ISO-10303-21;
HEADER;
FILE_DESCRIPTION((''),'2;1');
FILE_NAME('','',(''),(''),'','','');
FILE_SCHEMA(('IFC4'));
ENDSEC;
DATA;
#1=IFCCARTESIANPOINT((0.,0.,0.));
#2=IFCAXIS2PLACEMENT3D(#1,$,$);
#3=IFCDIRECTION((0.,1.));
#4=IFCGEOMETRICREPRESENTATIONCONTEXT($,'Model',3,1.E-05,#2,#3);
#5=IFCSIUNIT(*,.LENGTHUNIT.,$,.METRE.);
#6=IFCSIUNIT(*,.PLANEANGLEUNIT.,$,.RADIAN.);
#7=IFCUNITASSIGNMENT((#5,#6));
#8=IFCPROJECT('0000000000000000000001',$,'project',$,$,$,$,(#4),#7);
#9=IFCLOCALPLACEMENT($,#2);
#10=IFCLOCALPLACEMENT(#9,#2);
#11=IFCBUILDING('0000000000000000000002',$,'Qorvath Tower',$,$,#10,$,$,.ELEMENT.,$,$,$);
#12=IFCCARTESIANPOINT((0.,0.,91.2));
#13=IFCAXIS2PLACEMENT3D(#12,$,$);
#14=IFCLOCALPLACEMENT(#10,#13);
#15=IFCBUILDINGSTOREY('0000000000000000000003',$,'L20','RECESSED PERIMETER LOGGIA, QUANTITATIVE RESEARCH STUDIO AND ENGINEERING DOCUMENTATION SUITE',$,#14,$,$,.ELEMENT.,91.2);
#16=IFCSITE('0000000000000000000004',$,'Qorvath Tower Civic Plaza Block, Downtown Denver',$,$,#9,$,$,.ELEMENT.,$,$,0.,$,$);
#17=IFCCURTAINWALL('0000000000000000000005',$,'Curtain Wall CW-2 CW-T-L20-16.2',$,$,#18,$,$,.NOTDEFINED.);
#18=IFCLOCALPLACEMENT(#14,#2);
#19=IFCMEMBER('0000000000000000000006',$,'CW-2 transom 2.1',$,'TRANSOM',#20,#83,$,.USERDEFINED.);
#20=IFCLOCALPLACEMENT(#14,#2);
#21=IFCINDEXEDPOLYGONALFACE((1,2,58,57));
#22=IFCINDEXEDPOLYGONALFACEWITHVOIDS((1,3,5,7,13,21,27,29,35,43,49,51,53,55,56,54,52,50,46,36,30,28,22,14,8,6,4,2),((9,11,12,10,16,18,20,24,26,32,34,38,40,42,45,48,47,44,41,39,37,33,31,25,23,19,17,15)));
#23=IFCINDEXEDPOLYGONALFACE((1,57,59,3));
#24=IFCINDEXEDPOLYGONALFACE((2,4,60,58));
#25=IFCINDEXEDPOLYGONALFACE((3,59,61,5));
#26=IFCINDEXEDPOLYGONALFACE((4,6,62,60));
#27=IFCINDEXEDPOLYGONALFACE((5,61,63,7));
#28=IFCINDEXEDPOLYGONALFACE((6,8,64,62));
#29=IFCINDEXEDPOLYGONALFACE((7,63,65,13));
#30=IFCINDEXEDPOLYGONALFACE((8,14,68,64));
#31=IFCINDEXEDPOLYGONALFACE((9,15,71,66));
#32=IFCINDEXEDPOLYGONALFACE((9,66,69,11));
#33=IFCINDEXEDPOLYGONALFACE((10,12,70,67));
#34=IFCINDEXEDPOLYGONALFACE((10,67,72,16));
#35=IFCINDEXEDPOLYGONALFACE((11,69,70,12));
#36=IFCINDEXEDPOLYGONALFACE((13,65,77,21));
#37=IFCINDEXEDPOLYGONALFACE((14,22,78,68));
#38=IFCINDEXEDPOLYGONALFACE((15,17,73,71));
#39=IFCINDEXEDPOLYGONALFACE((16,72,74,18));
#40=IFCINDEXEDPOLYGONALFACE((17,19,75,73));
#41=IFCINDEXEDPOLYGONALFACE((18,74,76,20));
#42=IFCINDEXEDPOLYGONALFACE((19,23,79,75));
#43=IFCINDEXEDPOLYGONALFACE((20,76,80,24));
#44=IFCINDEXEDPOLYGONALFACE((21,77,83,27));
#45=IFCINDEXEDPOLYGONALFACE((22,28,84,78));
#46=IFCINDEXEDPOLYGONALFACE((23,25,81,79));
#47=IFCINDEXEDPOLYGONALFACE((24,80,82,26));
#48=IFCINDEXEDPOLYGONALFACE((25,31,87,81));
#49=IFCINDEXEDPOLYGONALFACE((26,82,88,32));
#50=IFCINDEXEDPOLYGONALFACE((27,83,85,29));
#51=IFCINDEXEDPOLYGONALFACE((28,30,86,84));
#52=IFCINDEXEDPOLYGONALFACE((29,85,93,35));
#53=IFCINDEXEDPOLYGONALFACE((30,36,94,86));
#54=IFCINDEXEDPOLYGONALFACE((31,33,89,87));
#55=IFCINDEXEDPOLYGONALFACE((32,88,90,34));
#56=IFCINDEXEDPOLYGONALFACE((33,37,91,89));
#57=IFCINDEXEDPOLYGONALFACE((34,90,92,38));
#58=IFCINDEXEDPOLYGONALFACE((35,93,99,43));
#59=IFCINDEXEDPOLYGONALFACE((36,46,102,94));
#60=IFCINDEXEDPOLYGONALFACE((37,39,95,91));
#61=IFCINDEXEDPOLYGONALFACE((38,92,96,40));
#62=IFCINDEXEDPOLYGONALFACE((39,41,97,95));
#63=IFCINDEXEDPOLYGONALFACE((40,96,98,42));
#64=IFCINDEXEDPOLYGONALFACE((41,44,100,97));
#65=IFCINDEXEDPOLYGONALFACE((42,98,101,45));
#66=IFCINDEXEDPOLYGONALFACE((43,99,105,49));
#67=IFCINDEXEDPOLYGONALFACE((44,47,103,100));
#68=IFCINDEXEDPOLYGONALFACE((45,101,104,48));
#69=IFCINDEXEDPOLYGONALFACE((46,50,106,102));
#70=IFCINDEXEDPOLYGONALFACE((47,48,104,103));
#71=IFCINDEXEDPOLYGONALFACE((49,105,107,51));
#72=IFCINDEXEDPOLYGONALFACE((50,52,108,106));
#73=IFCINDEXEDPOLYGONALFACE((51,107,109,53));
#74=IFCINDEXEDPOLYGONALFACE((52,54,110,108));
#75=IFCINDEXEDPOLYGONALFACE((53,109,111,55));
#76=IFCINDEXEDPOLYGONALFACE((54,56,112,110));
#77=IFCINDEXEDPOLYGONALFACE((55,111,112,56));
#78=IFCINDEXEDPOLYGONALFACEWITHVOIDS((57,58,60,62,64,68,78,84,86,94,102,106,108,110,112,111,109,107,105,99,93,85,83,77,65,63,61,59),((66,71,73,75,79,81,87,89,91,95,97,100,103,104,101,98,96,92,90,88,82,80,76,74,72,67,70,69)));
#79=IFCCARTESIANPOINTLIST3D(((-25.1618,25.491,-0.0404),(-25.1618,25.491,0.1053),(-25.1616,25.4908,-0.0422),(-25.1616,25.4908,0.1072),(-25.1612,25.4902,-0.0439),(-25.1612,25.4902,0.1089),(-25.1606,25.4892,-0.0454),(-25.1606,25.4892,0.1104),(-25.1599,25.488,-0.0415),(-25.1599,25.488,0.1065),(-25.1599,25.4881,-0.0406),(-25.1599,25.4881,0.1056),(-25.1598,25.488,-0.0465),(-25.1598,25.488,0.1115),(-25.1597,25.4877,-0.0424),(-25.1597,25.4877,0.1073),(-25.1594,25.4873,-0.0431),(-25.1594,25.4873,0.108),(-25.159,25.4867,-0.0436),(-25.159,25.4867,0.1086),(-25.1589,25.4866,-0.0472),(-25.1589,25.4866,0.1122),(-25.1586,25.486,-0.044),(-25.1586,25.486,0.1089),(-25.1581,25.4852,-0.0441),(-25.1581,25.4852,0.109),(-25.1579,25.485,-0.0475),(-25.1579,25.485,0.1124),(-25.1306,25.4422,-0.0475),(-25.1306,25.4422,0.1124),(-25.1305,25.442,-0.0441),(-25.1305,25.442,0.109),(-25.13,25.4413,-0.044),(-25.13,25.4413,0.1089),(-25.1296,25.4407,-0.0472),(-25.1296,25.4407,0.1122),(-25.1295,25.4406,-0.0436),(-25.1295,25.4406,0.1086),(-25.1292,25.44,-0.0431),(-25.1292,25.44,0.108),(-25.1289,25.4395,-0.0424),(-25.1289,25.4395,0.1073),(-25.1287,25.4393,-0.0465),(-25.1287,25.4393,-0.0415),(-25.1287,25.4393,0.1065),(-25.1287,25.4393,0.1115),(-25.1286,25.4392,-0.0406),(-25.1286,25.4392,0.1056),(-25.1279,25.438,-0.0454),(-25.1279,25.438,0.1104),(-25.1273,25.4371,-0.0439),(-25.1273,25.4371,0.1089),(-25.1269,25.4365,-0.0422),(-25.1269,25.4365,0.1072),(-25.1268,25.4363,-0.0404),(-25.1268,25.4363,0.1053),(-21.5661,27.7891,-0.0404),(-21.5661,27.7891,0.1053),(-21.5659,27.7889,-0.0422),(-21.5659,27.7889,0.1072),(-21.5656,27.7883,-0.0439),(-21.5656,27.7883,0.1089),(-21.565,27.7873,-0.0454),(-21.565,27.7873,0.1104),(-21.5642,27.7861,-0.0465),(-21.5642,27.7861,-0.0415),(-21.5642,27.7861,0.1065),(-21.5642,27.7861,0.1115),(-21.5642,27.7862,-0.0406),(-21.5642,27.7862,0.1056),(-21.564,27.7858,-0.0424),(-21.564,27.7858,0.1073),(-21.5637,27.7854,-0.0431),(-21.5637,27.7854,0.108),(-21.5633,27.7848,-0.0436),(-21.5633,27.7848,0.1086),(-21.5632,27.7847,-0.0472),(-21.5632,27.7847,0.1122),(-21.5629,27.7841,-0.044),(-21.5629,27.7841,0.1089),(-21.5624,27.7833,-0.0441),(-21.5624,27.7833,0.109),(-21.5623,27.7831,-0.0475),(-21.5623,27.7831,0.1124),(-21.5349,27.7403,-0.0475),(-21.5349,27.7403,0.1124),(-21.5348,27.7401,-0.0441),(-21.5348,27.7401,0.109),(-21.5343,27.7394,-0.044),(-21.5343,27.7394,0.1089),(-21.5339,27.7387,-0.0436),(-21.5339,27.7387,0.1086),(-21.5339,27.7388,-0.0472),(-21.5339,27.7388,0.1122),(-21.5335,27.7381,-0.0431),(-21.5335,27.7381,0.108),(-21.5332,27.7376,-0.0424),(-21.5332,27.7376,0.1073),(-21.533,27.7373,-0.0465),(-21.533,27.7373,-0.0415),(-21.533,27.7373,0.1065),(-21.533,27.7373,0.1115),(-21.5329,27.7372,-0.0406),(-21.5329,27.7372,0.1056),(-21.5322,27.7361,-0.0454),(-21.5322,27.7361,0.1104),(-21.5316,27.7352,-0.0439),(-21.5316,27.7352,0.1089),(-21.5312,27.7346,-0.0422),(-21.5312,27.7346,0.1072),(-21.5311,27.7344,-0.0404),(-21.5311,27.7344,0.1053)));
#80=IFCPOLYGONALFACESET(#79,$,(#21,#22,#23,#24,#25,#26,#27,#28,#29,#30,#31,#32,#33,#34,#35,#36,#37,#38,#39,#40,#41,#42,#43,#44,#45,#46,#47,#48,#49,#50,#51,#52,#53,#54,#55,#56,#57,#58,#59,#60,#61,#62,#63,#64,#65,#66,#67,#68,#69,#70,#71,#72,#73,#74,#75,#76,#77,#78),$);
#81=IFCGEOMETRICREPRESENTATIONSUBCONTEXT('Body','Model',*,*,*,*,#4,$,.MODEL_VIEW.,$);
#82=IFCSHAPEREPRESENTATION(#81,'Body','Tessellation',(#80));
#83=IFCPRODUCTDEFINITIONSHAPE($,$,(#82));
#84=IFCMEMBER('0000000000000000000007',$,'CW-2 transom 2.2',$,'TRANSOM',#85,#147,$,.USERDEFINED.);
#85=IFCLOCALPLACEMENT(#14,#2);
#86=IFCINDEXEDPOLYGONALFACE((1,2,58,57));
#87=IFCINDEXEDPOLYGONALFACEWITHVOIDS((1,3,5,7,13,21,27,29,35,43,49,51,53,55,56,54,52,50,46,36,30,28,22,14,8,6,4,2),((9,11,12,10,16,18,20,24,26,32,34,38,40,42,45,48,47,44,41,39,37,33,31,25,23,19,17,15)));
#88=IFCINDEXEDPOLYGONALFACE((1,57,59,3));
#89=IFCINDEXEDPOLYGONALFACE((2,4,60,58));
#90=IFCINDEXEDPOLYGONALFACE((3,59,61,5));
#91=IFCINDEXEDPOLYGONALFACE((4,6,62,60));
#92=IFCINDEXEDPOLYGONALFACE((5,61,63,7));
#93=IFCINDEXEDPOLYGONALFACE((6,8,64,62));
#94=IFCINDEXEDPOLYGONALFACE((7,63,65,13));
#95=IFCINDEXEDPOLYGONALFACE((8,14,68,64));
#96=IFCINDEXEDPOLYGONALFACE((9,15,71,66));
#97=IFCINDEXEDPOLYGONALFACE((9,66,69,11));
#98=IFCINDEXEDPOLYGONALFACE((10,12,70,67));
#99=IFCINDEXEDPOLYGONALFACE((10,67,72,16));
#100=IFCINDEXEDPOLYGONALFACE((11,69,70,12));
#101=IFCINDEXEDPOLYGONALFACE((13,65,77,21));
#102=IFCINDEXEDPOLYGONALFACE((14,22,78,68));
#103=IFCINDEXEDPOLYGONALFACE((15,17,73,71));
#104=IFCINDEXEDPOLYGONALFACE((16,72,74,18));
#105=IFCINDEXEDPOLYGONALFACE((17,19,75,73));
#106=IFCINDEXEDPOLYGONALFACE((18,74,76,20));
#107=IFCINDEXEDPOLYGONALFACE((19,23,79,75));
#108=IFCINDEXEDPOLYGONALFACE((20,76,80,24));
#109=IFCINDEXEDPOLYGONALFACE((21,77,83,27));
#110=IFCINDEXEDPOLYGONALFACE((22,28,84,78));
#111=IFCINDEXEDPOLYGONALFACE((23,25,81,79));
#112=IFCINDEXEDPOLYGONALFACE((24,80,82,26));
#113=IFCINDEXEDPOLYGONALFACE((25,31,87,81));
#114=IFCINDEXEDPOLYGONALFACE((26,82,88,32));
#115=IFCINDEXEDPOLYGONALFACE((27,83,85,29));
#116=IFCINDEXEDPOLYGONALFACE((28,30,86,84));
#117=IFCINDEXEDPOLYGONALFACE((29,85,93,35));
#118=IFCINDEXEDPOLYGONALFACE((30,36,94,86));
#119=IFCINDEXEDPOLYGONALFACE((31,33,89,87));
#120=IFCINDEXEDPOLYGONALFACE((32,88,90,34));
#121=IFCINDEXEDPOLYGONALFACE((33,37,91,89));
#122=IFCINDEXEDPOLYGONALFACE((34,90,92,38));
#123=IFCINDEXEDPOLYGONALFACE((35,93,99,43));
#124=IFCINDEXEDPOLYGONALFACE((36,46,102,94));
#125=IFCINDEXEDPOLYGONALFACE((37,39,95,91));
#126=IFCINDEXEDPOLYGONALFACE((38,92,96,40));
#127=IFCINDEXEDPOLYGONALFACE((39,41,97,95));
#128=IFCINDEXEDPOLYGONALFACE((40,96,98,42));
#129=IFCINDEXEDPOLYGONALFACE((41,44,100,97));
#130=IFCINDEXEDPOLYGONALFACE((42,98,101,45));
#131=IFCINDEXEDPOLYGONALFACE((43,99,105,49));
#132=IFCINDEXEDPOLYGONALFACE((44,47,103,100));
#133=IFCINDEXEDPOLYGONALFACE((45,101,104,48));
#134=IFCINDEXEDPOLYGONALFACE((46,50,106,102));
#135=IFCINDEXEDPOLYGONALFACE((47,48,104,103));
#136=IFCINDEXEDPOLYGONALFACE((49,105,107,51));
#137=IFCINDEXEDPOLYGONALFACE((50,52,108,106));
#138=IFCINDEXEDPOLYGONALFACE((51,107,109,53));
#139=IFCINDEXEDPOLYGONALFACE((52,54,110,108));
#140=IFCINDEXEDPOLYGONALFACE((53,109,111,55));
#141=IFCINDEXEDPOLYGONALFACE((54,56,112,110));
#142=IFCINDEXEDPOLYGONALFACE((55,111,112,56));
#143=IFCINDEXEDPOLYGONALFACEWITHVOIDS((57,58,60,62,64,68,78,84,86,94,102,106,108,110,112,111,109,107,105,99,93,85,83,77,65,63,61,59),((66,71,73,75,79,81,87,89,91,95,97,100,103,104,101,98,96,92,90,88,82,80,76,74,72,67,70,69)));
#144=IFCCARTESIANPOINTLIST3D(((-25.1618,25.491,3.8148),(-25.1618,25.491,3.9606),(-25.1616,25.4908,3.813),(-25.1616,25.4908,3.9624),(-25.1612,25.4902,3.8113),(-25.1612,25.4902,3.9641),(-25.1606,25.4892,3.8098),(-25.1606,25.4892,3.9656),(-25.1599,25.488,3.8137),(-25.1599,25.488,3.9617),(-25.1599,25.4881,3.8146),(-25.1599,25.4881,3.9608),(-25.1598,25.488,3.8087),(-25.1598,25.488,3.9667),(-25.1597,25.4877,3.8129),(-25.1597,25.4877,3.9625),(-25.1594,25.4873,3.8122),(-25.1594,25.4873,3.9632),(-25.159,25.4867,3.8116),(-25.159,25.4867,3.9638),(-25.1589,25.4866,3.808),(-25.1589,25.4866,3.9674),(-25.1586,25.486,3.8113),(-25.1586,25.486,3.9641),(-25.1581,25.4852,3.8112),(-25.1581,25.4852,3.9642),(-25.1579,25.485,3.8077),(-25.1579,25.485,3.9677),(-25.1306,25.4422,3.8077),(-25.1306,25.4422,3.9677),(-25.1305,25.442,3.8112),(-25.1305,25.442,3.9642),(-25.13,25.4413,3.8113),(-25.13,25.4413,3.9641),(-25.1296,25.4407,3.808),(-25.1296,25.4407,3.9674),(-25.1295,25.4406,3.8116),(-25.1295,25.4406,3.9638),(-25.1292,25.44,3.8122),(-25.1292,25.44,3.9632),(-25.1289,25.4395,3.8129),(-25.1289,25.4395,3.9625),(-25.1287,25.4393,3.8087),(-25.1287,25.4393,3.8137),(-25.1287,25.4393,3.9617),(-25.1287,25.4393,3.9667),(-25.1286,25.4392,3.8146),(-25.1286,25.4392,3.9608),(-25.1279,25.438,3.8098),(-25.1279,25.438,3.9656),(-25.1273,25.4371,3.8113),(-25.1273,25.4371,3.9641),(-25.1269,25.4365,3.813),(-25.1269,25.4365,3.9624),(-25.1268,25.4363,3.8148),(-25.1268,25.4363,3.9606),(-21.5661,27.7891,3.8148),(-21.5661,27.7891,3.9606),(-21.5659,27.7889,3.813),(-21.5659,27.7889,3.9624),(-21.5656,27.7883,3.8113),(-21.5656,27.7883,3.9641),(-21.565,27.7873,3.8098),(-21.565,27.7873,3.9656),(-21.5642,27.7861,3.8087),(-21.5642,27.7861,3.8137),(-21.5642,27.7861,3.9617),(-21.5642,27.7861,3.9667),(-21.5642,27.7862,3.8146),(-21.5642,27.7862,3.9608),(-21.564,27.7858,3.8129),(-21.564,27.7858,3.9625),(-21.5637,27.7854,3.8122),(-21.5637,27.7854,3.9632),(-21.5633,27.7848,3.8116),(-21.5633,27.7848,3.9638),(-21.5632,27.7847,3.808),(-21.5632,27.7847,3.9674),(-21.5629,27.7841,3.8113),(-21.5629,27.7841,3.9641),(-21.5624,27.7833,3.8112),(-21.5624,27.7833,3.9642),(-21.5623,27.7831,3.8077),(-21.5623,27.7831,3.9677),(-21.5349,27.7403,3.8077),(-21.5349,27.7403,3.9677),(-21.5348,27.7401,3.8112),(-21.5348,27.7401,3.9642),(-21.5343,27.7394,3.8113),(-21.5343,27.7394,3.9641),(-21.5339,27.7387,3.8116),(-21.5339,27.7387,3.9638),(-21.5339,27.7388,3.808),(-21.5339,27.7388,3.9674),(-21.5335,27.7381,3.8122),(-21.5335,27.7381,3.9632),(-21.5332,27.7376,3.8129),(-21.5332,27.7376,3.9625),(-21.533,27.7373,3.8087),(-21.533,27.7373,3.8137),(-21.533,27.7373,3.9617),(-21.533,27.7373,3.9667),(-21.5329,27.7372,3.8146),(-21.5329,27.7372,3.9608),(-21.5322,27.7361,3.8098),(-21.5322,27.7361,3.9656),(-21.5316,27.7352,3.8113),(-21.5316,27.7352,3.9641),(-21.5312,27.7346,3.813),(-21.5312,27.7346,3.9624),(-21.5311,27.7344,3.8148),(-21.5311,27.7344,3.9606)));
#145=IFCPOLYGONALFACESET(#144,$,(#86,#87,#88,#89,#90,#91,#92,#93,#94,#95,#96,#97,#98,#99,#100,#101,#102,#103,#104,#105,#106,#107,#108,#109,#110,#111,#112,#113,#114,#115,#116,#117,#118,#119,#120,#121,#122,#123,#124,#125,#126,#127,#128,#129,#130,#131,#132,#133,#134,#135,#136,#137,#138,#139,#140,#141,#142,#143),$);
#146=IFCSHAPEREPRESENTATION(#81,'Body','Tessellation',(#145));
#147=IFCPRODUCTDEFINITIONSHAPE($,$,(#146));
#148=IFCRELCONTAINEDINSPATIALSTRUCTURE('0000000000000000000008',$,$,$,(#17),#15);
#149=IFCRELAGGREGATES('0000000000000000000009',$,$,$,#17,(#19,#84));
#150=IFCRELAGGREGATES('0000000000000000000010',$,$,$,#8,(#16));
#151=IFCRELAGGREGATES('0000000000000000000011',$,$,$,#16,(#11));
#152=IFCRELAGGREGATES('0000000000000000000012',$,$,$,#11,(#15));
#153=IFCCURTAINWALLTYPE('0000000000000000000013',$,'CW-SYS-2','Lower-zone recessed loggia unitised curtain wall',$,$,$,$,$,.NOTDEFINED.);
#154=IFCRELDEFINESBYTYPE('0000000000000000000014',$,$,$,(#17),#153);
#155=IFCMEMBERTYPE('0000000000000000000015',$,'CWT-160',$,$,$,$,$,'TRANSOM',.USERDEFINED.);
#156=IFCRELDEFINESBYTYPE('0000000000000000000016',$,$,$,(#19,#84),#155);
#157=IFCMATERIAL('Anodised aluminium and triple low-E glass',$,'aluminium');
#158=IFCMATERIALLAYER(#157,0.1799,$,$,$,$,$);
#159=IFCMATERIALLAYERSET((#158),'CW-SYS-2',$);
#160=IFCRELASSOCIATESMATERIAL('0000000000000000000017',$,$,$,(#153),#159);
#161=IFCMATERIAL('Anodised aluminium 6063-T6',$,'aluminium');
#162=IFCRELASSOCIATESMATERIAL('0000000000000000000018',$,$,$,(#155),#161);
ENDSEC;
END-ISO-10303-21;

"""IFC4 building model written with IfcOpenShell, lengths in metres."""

from ifc_helpers import new_model, si_unit, direction, frame, origin, origin_2d, place, context, subcontext, project, spatial, hollow_rectangle, extrude, material, layer, layer_set, material_profile, profile_set, type_object, element, aggregate, save


model = new_model("IFC4")

# Units and contexts
model_context = context("Model", 3, precision=1e-05, world=origin(), true_north=direction((0.0, 1.0)))
body_context = subcontext(model_context, "Body", "Model", "MODEL_VIEW")
ifc_project = project(units=[si_unit("LENGTHUNIT", "METRE"), si_unit("PLANEANGLEUNIT", "RADIAN")], contexts=[model_context])

# Site, building, storey
site_placement = place(None, origin())
site = spatial("IfcSite", under=ifc_project, at=site_placement, Name="Qorvath Tower Civic Plaza Block, Downtown Denver", CompositionType="ELEMENT", RefElevation=0.0)
building_placement = place(site_placement, origin())
building = spatial("IfcBuilding", under=site, at=building_placement, Name="Qorvath Tower", CompositionType="ELEMENT")
storey_placement = place(building_placement, frame((0.0, 0.0, 91.2)))
storey = spatial("IfcBuildingStorey", under=building, at=storey_placement, Name="L20", Description="RECESSED PERIMETER LOGGIA, QUANTITATIVE RESEARCH STUDIO AND ENGINEERING DOCUMENTATION SUITE", CompositionType="ELEMENT", Elevation=91.2)

# Curtain wall
ifc_material_1 = material(Name="Anodised aluminium and triple low-E glass", Category="aluminium")
ifc_layer_1 = layer(ifc_material_1, 0.1799)
ifc_layer_set_1 = layer_set([ifc_layer_1], Name="CW-SYS-2")
curtain_wall_type = type_object("IfcCurtainWallType", Name="CW-SYS-2", Description="Lower-zone recessed loggia unitised curtain wall", PredefinedType="NOTDEFINED", material=ifc_layer_set_1)
curtain_wall_1_placement = place(storey_placement, origin())
curtain_wall_1 = element("IfcCurtainWall", 1, at=curtain_wall_1_placement, inside=storey, type_object=curtain_wall_type, Name="Curtain Wall CW-2 CW-T-L20-16.2", PredefinedType="NOTDEFINED")

# Members
ifc_material_2 = material(Name="Anodised aluminium 6063-T6", Category="aluminium")
ifc_material_profile_1 = material_profile(ifc_material_2, hollow_rectangle(XDim=0.0649, YDim=0.1599, WallThickness=0.0034, InnerFilletRadius=0.0034, OuterFilletRadius=0.0071, at=origin_2d()), Name="CWT 160x65")
ifc_profile_set_1 = profile_set([ifc_material_profile_1], Name="Anodised aluminium 6063-T6")
member_type_1 = type_object("IfcMemberType", Name="CWT-160", ElementType="TRANSOM", PredefinedType="USERDEFINED", material=ifc_profile_set_1)
member_1_placement = place(storey_placement, frame((-21.5486, 27.7617, 0.0325), z_axis=(-0.842607, -0.538529, 0.0), x_axis=(0.538529, -0.842607, 0.0)))
member_1 = element("IfcMember", 2, at=member_1_placement, type_object=member_type_1, Name="CW-2 transom 2.1", ObjectType="TRANSOM", PredefinedType="USERDEFINED", context=body_context, shape_type="SweptSolid", body=[
    extrude(hollow_rectangle(XDim=0.0649, YDim=0.1599, WallThickness=0.0034, InnerFilletRadius=0.0034, OuterFilletRadius=0.0071, at=origin_2d()), origin(), (0.0, 0.0, 1.0), 4.2673),
])
member_2_placement = place(storey_placement, frame((-21.5486, 27.7617, 3.8877), z_axis=(-0.842607, -0.538529, 0.0), x_axis=(0.538529, -0.842607, 0.0)))
member_2 = element("IfcMember", 3, at=member_2_placement, type_object=member_type_1, Name="CW-2 transom 2.2", ObjectType="TRANSOM", PredefinedType="USERDEFINED", context=body_context, shape_type="SweptSolid", body=[
    extrude(hollow_rectangle(XDim=0.0649, YDim=0.1599, WallThickness=0.0034, InnerFilletRadius=0.0034, OuterFilletRadius=0.0071, at=origin_2d()), origin(), (0.0, 0.0, 1.0), 4.2673),
])

aggregate(curtain_wall_1, [member_1, member_2])

save(model, "model.ifc")
